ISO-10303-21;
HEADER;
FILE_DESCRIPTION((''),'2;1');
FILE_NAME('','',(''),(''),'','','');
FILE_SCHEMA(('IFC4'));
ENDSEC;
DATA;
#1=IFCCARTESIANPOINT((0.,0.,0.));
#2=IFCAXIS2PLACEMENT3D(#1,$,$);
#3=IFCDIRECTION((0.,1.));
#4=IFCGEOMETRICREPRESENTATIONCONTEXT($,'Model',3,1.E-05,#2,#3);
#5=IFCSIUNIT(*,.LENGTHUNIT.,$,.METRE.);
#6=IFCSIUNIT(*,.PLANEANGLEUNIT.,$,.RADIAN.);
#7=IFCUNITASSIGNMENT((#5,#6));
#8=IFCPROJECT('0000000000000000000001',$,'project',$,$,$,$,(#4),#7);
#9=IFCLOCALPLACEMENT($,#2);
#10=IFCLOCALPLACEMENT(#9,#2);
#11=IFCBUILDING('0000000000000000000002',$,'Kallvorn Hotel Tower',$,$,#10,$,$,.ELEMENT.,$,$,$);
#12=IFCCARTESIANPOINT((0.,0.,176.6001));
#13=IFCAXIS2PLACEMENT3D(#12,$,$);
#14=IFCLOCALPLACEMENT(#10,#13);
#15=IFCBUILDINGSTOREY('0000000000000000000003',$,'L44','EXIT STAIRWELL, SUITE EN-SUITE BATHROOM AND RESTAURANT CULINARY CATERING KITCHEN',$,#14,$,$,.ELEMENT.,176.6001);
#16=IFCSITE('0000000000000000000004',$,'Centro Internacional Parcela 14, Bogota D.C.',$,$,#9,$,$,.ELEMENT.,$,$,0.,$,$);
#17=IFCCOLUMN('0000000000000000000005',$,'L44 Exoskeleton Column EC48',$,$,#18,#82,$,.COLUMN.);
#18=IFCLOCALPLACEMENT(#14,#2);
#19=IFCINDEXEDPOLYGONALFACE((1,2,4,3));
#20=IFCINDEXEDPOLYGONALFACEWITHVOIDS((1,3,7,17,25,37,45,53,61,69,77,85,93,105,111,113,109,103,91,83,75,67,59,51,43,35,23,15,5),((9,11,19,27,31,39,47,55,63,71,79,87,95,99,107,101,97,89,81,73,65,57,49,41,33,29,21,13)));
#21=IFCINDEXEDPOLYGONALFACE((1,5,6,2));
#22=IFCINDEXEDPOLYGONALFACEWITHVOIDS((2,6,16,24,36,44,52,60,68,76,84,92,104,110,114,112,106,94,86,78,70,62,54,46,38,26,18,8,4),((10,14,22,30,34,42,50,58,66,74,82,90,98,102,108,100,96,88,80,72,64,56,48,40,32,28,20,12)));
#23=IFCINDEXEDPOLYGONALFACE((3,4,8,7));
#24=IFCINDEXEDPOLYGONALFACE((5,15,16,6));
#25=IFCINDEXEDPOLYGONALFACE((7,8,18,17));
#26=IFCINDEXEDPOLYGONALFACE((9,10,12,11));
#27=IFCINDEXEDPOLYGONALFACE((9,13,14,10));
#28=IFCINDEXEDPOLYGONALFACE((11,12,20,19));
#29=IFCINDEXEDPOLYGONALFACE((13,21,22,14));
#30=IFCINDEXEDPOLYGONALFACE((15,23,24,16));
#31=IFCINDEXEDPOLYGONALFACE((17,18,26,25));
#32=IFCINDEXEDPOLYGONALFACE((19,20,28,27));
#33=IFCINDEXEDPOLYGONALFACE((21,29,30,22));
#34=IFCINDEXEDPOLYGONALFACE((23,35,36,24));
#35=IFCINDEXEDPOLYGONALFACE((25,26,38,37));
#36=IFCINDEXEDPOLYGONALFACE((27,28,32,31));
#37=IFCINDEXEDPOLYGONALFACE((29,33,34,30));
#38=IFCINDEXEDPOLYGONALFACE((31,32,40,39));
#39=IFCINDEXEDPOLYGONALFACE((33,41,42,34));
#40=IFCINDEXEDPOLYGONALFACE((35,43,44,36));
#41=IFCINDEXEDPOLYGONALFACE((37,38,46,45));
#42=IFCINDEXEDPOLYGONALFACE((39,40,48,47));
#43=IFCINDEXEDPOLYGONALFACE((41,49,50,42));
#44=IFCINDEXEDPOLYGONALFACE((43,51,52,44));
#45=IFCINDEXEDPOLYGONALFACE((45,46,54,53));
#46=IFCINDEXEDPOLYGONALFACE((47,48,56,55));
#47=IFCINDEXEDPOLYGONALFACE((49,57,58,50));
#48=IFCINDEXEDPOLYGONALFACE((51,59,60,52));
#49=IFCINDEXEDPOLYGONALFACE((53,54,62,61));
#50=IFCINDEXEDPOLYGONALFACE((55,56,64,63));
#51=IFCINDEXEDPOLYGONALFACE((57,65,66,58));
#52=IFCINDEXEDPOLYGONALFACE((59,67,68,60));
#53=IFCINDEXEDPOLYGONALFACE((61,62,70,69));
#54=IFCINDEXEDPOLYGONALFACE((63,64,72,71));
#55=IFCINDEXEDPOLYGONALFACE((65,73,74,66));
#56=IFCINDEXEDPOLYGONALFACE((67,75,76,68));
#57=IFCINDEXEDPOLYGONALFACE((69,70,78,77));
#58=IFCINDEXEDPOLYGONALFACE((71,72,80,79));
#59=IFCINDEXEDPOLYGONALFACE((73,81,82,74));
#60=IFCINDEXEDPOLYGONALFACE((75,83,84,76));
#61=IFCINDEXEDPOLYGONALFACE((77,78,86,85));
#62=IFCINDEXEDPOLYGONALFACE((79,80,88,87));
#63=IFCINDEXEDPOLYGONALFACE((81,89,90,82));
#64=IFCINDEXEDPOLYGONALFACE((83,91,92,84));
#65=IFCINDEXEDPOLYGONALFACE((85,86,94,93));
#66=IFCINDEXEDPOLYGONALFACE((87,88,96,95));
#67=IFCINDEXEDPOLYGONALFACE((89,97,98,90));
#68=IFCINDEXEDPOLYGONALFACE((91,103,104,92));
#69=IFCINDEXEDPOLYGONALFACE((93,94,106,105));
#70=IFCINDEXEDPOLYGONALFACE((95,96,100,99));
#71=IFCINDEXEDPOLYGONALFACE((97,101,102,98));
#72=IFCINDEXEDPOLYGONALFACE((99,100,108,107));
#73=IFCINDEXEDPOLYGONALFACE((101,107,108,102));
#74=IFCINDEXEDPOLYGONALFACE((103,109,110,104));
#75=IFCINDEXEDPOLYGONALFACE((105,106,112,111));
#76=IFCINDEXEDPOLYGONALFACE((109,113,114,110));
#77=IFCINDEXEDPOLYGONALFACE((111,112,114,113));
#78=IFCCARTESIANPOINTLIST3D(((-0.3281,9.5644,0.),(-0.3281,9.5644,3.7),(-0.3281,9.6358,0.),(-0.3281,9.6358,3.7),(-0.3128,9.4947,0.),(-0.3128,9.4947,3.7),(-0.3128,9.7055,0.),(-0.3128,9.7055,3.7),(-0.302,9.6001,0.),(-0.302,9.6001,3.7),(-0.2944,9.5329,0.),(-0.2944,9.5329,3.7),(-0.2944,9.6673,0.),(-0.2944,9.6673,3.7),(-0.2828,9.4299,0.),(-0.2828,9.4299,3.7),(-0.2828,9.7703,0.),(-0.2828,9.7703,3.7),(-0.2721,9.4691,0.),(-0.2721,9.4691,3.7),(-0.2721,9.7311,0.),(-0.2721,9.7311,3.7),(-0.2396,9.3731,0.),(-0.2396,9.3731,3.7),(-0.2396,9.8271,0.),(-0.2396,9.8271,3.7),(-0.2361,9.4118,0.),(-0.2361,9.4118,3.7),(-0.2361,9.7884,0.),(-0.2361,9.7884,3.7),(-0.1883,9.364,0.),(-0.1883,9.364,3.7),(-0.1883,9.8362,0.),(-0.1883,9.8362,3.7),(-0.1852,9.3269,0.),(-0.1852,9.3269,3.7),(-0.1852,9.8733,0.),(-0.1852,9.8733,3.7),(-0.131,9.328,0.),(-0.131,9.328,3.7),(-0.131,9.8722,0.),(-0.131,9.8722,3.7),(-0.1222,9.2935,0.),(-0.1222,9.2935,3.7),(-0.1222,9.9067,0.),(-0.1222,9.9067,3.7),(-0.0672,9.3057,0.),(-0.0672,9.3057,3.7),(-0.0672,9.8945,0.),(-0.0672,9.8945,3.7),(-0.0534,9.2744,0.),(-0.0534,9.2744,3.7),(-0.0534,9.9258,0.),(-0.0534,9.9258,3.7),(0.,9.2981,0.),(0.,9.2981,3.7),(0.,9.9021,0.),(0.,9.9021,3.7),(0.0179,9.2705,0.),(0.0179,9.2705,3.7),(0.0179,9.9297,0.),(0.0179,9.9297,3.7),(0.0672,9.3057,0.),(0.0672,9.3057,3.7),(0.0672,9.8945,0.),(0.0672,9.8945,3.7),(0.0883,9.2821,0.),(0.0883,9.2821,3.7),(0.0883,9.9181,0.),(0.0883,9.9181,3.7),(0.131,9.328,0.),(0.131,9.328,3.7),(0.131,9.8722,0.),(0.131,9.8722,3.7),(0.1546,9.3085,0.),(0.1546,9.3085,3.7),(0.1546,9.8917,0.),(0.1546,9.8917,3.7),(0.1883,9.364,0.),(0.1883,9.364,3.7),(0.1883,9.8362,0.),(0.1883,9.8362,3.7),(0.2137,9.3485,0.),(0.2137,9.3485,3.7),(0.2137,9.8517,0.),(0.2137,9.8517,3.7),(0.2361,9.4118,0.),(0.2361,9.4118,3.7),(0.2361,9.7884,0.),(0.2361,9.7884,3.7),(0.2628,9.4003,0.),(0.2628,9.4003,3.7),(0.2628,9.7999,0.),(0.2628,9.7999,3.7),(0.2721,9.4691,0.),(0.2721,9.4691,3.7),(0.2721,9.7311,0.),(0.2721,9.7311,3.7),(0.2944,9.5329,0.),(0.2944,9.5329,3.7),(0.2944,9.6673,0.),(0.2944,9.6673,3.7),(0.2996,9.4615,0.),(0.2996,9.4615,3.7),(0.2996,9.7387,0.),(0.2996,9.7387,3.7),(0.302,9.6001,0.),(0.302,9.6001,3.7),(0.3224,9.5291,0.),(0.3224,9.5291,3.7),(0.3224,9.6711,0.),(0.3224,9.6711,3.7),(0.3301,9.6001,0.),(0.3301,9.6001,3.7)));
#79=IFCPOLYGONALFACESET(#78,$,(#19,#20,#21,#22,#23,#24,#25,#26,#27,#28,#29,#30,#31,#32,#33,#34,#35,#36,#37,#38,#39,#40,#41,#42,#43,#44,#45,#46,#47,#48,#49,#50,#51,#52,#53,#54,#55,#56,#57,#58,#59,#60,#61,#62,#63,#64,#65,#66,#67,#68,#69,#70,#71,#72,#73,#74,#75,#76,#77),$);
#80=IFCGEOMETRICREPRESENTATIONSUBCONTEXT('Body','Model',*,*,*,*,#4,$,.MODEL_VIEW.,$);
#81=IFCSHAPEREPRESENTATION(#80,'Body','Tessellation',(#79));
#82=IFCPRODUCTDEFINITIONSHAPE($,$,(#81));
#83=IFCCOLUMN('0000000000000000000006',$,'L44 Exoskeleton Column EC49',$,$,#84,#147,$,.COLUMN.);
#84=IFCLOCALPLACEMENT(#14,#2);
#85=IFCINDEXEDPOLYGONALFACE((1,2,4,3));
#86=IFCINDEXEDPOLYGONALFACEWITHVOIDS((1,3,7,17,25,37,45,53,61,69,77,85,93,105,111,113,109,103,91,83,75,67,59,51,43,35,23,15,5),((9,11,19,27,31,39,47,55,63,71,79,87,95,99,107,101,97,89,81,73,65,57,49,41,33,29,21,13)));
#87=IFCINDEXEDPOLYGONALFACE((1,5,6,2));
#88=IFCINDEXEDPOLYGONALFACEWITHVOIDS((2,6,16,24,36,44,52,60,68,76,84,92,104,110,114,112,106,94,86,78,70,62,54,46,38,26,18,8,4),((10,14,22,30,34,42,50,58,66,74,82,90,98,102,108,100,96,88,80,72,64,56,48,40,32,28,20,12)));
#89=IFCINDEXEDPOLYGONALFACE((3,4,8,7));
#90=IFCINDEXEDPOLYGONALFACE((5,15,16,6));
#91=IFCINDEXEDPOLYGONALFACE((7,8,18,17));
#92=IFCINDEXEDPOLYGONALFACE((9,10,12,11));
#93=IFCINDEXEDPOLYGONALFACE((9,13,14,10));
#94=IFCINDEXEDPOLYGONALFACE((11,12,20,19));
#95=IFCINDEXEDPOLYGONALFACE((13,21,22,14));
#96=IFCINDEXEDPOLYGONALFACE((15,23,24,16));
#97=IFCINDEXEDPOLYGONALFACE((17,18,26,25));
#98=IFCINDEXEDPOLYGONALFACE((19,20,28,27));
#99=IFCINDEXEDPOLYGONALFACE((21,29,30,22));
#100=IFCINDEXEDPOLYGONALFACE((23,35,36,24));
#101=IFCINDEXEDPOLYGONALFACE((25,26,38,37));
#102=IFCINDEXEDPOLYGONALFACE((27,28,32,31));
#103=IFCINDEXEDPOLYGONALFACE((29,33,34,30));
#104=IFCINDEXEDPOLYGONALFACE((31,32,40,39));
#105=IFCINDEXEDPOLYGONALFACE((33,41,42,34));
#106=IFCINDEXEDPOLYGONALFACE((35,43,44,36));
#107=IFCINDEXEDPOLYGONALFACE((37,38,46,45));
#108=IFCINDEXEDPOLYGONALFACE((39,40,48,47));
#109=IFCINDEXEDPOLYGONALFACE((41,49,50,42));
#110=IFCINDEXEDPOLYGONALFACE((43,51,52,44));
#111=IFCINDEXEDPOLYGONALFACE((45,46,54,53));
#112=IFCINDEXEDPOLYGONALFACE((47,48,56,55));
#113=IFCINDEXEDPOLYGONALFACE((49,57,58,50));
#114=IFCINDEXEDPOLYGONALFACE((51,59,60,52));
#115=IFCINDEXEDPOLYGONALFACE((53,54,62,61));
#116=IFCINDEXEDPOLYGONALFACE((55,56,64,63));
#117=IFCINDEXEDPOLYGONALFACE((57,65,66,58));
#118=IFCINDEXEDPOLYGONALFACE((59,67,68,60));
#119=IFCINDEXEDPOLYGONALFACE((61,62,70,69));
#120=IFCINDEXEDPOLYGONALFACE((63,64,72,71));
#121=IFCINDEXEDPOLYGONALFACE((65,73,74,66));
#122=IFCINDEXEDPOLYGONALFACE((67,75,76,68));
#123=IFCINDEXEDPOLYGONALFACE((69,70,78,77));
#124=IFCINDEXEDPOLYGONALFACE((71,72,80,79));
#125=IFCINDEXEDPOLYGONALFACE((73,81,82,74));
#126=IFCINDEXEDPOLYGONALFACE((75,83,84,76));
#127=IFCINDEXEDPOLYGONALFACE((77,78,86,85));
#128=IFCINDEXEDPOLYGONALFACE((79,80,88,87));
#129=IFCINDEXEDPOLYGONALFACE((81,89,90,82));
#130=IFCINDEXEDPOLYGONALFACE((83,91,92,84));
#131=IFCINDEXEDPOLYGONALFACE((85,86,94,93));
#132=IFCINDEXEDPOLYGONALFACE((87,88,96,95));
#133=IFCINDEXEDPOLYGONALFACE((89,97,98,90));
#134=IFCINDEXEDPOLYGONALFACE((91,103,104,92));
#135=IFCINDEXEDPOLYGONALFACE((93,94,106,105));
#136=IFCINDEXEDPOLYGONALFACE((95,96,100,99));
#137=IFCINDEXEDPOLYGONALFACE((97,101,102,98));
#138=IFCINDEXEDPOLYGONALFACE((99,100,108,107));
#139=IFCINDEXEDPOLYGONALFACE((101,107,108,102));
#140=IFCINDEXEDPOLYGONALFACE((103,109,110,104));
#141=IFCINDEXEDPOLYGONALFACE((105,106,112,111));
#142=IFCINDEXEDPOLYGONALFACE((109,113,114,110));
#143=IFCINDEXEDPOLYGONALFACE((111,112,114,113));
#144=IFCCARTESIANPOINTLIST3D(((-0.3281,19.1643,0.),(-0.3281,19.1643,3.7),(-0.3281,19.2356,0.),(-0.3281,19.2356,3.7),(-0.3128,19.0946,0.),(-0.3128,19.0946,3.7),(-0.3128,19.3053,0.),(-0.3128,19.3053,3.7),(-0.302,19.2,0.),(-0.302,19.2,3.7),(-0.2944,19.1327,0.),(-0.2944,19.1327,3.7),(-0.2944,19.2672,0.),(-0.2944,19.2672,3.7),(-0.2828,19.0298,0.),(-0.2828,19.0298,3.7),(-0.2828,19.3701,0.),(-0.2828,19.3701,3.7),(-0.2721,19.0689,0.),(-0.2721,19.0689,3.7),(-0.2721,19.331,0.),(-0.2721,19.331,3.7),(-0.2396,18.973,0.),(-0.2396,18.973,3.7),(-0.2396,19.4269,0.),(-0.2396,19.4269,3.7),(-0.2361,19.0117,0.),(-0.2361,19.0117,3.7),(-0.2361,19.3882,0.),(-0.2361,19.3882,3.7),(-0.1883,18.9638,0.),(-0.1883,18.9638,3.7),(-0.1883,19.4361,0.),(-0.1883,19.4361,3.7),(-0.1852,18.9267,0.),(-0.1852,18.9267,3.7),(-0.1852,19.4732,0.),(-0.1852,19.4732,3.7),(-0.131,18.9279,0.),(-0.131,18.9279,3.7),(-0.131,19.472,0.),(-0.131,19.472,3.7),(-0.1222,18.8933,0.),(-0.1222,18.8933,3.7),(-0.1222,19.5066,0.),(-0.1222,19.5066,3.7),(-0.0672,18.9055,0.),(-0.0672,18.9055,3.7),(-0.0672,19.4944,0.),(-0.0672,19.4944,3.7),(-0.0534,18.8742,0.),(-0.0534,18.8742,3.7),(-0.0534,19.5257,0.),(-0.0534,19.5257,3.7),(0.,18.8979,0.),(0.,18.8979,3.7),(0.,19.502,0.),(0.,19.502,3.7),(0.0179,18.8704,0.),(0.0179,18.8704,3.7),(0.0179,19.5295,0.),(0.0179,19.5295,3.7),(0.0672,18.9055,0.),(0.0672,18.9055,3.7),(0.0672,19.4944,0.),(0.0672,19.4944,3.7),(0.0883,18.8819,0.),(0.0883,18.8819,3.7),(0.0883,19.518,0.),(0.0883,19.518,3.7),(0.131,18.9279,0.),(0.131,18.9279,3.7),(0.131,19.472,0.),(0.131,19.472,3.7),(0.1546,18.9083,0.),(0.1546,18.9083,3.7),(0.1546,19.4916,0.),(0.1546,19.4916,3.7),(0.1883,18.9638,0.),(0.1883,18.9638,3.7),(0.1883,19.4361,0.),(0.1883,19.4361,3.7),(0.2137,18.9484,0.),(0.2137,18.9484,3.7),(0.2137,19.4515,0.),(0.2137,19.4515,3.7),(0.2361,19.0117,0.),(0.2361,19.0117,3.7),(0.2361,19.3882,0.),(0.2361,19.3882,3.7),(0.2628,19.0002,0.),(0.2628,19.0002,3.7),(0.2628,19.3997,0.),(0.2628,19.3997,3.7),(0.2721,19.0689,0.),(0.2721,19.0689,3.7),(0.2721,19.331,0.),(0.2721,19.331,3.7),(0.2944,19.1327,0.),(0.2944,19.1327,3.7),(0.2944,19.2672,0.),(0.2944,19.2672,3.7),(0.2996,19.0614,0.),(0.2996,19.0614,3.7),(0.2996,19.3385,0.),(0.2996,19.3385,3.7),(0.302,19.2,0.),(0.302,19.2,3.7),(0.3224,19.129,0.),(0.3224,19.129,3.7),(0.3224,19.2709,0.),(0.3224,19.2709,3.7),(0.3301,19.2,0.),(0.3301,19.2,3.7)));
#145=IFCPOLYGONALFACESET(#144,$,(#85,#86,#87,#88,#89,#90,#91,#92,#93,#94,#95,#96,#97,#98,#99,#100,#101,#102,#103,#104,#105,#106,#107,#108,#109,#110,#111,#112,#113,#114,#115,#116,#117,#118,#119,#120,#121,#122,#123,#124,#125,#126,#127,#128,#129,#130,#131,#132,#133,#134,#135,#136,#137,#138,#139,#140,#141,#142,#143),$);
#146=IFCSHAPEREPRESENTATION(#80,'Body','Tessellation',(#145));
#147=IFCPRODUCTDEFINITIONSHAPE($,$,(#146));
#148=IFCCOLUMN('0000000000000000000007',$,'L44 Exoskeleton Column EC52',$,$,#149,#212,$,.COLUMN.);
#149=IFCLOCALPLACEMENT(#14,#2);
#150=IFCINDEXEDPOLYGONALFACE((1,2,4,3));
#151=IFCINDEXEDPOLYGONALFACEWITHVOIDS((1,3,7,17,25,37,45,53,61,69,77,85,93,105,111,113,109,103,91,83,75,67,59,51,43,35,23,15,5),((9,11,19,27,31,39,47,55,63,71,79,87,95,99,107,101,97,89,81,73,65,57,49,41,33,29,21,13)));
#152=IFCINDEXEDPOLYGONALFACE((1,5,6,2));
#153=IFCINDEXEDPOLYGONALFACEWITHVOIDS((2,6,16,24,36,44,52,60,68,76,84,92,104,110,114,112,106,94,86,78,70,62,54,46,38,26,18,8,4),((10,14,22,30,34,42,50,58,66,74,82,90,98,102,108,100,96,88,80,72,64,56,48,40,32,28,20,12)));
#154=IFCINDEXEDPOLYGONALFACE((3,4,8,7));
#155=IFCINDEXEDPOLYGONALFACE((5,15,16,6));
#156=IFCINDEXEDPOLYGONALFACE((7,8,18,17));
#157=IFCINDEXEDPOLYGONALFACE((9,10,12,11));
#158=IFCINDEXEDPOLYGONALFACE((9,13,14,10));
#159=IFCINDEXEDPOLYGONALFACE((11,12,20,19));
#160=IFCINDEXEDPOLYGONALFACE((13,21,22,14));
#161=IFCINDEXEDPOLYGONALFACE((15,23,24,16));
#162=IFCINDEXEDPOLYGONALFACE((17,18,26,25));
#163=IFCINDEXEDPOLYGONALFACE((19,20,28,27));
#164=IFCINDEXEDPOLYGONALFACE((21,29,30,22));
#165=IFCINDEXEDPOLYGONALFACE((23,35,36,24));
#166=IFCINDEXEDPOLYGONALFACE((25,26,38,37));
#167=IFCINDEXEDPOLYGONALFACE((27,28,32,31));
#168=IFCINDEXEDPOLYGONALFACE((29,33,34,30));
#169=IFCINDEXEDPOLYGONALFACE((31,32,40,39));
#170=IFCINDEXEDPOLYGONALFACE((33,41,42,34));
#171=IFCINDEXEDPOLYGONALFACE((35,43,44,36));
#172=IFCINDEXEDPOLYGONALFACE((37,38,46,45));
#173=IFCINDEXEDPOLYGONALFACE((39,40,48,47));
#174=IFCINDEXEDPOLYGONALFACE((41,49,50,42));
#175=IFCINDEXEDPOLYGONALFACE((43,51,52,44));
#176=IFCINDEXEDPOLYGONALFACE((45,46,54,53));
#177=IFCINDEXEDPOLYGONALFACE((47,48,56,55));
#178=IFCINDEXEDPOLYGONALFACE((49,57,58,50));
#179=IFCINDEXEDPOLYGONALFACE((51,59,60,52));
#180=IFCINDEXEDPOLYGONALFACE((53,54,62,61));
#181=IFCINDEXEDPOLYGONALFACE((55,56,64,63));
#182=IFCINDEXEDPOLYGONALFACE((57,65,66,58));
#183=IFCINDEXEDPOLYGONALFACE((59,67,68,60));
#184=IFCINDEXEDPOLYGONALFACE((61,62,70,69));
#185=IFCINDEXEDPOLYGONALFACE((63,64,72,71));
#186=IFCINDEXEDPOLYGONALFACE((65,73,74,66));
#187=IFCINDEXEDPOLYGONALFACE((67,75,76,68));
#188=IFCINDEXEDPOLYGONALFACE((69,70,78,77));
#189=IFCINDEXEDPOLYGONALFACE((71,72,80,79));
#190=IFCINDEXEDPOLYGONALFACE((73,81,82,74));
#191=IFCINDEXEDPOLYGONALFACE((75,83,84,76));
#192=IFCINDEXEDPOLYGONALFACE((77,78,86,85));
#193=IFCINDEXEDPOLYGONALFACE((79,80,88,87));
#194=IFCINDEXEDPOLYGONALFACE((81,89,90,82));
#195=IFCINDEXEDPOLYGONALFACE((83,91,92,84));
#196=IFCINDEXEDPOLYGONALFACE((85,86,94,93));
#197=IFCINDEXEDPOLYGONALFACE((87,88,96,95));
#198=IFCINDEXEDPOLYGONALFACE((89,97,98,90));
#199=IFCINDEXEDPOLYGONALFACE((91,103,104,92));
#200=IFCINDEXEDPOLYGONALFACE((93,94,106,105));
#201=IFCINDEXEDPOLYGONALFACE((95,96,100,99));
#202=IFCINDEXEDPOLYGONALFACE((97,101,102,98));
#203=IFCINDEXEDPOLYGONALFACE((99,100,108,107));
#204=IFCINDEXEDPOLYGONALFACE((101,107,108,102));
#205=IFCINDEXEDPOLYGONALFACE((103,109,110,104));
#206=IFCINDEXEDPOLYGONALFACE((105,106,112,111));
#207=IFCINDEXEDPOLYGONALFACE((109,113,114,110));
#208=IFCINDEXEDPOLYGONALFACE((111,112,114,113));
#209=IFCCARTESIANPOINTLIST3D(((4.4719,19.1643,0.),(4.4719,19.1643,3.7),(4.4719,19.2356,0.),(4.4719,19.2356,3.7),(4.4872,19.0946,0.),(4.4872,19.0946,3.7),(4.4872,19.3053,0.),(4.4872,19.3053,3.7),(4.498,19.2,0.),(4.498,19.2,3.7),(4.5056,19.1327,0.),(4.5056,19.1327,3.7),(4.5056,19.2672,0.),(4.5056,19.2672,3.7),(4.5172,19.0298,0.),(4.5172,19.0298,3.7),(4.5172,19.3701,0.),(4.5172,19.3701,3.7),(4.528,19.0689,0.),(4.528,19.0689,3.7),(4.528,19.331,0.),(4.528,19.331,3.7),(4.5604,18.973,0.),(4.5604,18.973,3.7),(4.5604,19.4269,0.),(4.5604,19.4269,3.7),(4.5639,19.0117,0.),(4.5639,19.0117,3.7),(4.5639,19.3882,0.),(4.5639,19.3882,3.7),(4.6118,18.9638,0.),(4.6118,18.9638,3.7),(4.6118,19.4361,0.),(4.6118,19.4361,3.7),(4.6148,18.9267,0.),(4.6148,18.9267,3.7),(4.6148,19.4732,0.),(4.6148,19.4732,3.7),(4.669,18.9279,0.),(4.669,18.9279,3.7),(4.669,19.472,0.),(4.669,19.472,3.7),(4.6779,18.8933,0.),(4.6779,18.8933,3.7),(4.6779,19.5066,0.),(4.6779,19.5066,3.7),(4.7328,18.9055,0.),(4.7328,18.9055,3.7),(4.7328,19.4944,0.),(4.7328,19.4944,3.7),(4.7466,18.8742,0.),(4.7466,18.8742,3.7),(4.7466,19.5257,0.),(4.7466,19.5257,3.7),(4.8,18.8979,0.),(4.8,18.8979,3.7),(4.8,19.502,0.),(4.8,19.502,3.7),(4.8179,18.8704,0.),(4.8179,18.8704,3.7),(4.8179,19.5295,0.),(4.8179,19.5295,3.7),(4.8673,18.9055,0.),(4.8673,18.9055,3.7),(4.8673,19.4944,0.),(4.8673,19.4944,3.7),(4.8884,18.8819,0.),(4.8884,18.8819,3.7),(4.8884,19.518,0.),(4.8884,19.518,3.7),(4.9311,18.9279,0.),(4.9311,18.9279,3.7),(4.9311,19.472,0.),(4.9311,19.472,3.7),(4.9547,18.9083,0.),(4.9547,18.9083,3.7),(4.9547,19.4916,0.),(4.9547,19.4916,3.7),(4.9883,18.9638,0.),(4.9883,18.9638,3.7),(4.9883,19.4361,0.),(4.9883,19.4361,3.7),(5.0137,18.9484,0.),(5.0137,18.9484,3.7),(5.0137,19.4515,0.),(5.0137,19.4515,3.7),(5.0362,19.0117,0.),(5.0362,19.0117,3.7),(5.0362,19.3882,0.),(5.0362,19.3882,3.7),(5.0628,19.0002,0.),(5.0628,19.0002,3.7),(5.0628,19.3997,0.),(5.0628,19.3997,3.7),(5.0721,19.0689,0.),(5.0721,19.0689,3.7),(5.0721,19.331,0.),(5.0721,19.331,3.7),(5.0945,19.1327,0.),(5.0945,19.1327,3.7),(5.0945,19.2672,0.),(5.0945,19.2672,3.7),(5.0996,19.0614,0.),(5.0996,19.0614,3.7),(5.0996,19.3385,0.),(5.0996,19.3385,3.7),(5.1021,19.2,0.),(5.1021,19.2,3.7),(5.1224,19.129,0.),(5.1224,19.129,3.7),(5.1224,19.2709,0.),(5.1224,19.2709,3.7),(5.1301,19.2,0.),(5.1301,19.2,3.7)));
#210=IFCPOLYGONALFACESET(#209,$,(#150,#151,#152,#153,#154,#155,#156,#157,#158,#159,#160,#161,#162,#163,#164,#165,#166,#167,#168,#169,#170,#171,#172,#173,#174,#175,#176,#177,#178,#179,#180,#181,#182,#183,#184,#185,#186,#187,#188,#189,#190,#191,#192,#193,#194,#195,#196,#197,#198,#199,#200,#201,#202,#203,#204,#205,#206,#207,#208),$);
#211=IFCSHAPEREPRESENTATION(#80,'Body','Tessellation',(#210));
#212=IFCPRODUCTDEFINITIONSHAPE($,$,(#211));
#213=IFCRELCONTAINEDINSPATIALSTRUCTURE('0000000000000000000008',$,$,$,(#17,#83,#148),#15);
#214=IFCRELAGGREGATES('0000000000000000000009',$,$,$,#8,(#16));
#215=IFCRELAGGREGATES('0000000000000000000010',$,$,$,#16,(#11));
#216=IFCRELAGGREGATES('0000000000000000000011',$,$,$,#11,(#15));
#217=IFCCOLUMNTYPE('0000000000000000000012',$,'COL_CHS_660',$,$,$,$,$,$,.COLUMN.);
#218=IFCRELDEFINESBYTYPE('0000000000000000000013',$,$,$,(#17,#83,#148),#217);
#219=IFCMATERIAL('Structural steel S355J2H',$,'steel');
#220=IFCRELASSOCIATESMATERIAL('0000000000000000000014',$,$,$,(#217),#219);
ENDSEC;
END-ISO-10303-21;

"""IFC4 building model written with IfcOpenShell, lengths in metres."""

from ifc_helpers import new_model, si_unit, direction, frame, origin, origin_2d, place, context, subcontext, project, spatial, hollow_circle, extrude, material, material_profile, profile_set, type_object, element, save


model = new_model("IFC4")

# Units and contexts
model_context = context("Model", 3, precision=1e-05, world=origin(), true_north=direction((0.0, 1.0)))
body_context = subcontext(model_context, "Body", "Model", "MODEL_VIEW")
ifc_project = project(units=[si_unit("LENGTHUNIT", "METRE"), si_unit("PLANEANGLEUNIT", "RADIAN")], contexts=[model_context])

# Site, building, storey
site_placement = place(None, origin())
site = spatial("IfcSite", under=ifc_project, at=site_placement, Name="Centro Internacional Parcela 14, Bogota D.C.", CompositionType="ELEMENT", RefElevation=0.0)
building_placement = place(site_placement, origin())
building = spatial("IfcBuilding", under=site, at=building_placement, Name="Kallvorn Hotel Tower", CompositionType="ELEMENT")
storey_placement = place(building_placement, frame((0.0, 0.0, 176.6001)))
storey = spatial("IfcBuildingStorey", under=building, at=storey_placement, Name="L44", Description="EXIT STAIRWELL, SUITE EN-SUITE BATHROOM AND RESTAURANT CULINARY CATERING KITCHEN", CompositionType="ELEMENT", Elevation=176.6001)

# Columns
ifc_material_1 = material(Name="Structural steel S355J2H", Category="steel")
ifc_material_profile_1 = material_profile(ifc_material_1, hollow_circle(Radius=0.3301, WallThickness=0.0281, at=origin_2d()), Name="CHS 660x28")
ifc_profile_set_1 = profile_set([ifc_material_profile_1], Name="Structural steel S355J2H")
column_type_1 = type_object("IfcColumnType", Name="COL_CHS_660", PredefinedType="COLUMN", material=ifc_profile_set_1)
for number, where, z_axis, x_axis, name in (
    (1, (0.0, 9.6001, 0.0), (0.0, 0.0, 1.0), (1.0, 0.0, 0.0), "L44 Exoskeleton Column EC48"),
    (2, (0.0, 19.2, 0.0), (0.0, 0.0, 1.0), (1.0, 0.0, 0.0), "L44 Exoskeleton Column EC49"),
    (3, (4.8, 19.2, 0.0), (0.0, 0.0, 1.0), (1.0, 0.0, 0.0), "L44 Exoskeleton Column EC52"),
):
    element("IfcColumn", number, at=place(storey_placement, frame(where, z_axis=z_axis, x_axis=x_axis)), inside=storey, type_object=column_type_1, Name=name, PredefinedType="COLUMN", context=body_context, shape_type="SweptSolid", body=[
        extrude(hollow_circle(Radius=0.3301, WallThickness=0.0281, at=origin_2d()), origin(), (0.0, 0.0, 1.0), 3.7),
    ])

save(model, "model.ifc")
